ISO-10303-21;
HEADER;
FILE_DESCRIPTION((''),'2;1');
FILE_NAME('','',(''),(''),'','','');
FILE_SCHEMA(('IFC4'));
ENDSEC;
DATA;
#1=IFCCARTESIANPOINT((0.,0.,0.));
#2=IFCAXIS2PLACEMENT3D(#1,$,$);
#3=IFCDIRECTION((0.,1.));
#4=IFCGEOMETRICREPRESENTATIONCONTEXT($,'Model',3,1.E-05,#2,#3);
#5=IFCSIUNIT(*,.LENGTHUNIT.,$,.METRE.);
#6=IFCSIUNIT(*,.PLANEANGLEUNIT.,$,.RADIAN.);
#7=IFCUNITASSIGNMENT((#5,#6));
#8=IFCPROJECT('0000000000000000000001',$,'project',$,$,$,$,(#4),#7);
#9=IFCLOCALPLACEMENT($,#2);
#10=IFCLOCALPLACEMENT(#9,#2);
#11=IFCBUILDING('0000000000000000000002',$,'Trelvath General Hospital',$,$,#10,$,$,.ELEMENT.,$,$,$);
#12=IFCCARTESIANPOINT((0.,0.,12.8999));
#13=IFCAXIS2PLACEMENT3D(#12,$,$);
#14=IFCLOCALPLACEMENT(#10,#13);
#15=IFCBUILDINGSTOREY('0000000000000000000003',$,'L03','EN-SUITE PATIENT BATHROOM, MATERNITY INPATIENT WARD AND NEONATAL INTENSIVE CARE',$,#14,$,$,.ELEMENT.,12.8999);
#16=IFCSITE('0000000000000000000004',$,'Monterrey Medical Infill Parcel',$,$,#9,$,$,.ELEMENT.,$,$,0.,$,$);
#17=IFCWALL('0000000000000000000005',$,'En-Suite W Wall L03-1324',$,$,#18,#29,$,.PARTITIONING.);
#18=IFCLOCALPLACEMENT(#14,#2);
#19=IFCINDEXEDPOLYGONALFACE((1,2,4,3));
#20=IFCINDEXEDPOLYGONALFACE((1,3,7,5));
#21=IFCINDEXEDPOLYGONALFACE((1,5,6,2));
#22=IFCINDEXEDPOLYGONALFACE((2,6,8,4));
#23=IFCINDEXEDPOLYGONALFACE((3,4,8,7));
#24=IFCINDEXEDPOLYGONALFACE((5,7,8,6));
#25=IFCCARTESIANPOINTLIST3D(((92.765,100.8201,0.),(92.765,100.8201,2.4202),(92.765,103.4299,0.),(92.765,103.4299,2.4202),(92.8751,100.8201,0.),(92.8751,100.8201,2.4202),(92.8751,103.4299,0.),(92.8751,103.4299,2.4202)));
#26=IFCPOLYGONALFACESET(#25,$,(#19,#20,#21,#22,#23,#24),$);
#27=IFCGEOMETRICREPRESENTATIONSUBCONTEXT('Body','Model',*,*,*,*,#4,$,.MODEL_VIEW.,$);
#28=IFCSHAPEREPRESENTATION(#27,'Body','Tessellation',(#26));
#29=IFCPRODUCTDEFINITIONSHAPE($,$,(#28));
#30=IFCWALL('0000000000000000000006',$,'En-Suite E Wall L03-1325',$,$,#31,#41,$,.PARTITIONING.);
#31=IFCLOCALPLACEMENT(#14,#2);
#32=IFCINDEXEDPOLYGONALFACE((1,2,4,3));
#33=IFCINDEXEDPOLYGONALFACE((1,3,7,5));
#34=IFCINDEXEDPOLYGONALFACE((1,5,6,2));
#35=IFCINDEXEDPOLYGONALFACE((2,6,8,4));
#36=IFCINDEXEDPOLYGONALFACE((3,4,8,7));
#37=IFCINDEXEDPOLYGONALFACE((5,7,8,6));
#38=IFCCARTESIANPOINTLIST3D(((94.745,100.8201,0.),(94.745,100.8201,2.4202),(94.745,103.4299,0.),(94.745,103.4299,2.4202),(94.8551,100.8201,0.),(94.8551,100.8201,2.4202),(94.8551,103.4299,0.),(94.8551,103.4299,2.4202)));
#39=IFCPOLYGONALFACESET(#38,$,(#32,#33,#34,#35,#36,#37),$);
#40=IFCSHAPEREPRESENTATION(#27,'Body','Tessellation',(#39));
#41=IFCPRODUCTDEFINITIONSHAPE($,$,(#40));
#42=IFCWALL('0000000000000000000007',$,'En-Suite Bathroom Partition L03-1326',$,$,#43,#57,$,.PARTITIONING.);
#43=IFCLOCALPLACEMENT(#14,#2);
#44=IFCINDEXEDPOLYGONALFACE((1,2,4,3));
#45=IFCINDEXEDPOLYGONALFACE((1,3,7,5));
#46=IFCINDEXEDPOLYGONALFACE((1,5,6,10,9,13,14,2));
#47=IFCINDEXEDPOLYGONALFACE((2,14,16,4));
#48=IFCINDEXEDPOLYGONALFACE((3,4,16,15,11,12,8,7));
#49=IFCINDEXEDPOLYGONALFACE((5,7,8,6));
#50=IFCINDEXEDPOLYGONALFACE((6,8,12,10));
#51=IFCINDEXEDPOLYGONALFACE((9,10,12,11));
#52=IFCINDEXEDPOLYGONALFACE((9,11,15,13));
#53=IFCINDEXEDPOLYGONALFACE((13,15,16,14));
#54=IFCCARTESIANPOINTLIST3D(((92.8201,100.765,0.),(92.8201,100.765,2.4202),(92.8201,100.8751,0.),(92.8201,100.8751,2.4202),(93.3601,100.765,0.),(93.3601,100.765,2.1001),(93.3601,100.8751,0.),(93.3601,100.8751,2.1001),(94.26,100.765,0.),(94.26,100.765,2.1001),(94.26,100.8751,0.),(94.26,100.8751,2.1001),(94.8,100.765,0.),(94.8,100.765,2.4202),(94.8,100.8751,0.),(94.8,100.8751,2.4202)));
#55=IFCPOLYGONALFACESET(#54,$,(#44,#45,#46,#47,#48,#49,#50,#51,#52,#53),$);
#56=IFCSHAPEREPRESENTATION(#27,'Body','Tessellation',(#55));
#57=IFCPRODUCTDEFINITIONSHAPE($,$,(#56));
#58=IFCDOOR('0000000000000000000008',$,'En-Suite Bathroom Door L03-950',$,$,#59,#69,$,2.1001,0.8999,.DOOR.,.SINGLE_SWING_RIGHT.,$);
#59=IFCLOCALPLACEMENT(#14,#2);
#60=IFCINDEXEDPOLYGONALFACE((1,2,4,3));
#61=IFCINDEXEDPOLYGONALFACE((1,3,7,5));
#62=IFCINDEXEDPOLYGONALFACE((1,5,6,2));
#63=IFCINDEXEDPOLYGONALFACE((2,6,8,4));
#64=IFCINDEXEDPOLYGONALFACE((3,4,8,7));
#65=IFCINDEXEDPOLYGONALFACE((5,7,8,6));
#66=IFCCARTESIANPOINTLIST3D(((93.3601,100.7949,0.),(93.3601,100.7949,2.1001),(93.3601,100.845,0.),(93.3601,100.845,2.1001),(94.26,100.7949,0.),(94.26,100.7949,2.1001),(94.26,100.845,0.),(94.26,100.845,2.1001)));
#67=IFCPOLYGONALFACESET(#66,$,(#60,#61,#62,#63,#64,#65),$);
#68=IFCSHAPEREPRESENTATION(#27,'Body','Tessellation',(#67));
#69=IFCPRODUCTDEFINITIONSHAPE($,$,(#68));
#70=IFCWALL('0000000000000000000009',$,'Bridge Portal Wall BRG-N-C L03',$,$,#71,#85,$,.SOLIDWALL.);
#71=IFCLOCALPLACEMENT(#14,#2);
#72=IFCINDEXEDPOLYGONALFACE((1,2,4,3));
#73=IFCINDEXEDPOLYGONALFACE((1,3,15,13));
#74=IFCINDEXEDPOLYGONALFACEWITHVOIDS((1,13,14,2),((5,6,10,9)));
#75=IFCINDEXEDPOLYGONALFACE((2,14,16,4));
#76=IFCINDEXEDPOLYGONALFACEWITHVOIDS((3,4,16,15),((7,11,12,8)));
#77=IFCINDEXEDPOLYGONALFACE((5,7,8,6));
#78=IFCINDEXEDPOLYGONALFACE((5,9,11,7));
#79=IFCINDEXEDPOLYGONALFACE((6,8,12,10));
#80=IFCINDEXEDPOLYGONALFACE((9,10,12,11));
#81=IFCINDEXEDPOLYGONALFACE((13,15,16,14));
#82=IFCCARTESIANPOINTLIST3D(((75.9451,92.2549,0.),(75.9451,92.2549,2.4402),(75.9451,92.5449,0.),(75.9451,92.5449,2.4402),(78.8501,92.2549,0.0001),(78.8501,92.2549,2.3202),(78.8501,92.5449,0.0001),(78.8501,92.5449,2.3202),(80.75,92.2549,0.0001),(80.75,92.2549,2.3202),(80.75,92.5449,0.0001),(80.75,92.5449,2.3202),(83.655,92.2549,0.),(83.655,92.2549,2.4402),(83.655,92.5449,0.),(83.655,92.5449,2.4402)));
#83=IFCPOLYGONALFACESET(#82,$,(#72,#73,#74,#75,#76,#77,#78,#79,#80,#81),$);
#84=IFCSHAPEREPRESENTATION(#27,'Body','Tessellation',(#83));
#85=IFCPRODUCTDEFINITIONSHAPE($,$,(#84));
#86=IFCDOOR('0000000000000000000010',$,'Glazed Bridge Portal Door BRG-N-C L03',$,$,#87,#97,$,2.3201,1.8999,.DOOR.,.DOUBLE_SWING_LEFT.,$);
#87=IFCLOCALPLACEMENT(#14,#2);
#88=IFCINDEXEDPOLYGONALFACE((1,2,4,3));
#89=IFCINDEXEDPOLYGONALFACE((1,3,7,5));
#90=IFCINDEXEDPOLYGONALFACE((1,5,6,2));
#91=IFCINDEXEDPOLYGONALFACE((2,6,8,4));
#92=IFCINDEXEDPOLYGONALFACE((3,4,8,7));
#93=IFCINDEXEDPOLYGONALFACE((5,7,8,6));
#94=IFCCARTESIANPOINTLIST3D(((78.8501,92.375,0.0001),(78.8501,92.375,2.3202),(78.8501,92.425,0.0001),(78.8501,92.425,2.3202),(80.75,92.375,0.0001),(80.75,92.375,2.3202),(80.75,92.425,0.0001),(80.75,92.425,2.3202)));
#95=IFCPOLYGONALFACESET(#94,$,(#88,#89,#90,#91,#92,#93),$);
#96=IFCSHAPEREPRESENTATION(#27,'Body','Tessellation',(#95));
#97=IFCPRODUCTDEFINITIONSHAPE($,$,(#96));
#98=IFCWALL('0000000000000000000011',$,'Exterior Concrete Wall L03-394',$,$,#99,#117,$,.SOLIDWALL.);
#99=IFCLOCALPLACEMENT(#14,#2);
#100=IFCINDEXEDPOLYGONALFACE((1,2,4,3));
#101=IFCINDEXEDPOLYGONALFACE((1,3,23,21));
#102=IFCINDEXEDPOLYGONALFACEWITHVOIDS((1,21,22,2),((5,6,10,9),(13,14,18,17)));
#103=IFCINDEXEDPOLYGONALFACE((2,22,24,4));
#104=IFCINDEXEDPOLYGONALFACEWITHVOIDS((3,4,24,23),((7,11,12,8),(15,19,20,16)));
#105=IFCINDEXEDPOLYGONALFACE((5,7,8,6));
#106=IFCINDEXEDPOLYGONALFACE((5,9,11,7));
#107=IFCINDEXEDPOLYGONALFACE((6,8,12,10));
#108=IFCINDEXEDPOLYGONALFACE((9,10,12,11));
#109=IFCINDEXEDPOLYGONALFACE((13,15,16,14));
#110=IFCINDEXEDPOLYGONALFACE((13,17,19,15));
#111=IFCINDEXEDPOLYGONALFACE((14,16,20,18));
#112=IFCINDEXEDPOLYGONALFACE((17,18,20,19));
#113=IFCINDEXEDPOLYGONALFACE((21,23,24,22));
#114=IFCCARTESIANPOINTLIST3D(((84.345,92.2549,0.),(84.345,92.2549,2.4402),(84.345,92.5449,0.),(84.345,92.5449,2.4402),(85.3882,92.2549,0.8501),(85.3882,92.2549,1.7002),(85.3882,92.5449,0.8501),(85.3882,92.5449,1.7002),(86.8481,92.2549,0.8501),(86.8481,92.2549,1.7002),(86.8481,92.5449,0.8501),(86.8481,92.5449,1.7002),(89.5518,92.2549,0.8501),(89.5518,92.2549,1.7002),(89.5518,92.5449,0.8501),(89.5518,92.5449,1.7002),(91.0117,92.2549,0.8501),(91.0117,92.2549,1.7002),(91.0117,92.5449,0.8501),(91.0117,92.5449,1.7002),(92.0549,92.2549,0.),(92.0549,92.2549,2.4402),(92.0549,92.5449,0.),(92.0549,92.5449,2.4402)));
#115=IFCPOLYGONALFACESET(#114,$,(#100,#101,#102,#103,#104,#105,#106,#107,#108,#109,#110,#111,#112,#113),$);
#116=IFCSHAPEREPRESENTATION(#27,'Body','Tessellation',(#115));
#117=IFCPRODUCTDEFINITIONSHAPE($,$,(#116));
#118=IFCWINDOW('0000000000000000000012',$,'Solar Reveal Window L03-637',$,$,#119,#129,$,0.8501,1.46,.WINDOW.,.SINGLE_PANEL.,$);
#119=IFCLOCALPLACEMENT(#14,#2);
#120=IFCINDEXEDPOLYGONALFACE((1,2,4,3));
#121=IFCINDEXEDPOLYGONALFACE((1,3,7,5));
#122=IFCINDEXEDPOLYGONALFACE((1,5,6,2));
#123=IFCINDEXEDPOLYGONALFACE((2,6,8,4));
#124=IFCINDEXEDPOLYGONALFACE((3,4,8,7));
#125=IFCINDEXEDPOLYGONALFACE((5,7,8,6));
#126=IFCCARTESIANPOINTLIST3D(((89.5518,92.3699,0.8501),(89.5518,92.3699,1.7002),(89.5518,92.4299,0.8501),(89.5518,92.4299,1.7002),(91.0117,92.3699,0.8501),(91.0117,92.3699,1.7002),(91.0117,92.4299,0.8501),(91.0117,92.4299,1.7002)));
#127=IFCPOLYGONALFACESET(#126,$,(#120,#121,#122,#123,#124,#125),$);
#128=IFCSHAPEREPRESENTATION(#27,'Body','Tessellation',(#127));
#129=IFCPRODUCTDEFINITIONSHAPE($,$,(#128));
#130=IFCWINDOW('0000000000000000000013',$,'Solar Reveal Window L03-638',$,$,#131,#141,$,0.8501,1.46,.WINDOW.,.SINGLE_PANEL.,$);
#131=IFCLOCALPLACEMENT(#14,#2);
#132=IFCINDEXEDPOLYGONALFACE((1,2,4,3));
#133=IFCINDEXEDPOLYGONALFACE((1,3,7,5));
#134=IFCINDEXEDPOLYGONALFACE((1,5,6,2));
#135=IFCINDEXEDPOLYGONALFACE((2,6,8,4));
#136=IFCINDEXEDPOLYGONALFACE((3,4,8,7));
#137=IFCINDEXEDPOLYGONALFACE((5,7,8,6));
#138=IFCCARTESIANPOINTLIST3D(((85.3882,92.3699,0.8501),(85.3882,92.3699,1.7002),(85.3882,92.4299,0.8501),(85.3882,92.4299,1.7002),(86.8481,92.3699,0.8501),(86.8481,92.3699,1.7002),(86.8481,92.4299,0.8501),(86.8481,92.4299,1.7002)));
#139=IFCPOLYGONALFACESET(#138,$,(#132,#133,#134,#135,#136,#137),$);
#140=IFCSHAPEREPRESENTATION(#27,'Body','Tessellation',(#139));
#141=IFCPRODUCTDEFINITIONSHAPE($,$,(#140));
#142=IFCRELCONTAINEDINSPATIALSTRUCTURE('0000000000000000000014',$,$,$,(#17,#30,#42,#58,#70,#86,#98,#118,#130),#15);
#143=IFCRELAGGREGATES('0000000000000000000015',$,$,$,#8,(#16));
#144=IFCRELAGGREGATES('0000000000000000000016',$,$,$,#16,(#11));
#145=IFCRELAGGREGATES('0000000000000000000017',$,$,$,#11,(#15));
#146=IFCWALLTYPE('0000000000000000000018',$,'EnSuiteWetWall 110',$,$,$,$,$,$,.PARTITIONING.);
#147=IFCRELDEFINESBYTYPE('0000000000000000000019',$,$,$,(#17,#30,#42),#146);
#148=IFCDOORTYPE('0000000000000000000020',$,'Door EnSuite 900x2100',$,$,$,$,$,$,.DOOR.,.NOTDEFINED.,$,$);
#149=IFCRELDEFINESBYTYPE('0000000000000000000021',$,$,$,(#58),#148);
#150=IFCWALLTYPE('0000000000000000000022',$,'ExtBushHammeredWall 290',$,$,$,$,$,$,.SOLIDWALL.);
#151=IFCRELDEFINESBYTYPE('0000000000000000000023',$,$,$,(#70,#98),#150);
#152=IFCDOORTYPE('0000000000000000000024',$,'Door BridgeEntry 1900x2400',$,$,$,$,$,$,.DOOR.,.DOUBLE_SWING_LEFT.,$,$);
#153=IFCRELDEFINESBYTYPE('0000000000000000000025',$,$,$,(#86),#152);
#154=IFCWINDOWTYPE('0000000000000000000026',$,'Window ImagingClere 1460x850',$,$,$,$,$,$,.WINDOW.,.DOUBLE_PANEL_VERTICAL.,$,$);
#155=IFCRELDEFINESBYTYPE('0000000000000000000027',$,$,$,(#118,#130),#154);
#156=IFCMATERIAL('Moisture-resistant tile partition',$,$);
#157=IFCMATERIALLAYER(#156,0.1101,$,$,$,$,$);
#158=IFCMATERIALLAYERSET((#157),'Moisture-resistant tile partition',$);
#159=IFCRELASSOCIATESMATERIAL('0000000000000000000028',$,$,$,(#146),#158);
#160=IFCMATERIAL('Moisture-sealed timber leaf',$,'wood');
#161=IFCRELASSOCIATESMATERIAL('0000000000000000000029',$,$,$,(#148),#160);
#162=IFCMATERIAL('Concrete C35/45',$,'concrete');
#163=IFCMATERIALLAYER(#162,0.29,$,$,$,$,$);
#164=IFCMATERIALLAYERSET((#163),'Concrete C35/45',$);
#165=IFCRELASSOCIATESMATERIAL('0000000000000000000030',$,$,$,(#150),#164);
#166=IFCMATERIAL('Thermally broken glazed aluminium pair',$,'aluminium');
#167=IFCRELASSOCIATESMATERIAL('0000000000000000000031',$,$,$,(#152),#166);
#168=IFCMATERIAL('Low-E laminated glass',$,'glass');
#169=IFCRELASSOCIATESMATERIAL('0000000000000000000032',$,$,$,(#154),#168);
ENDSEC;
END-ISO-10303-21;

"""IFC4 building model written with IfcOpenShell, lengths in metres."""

from ifc_helpers import new_model, si_unit, direction, frame, frame_2d, origin, place, context, subcontext, project, spatial, rectangle, extrude, material, layer, layer_set, type_object, element, fill, save


model = new_model("IFC4")

# Units and contexts
model_context = context("Model", 3, precision=1e-05, world=origin(), true_north=direction((0.0, 1.0)))
body_context = subcontext(model_context, "Body", "Model", "MODEL_VIEW")
ifc_project = project(units=[si_unit("LENGTHUNIT", "METRE"), si_unit("PLANEANGLEUNIT", "RADIAN")], contexts=[model_context])

# Site, building, storey
site_placement = place(None, origin())
site = spatial("IfcSite", under=ifc_project, at=site_placement, Name="Monterrey Medical Infill Parcel", CompositionType="ELEMENT", RefElevation=0.0)
building_placement = place(site_placement, origin())
building = spatial("IfcBuilding", under=site, at=building_placement, Name="Trelvath General Hospital", CompositionType="ELEMENT")
storey_placement = place(building_placement, frame((0.0, 0.0, 12.8999)))
storey = spatial("IfcBuildingStorey", under=building, at=storey_placement, Name="L03", Description="EN-SUITE PATIENT BATHROOM, MATERNITY INPATIENT WARD AND NEONATAL INTENSIVE CARE", CompositionType="ELEMENT", Elevation=12.8999)

# Walls
ifc_material_1 = material(Name="Moisture-resistant tile partition")
ifc_layer_1 = layer(ifc_material_1, 0.1101)
ifc_layer_set_1 = layer_set([ifc_layer_1], Name="Moisture-resistant tile partition")
wall_type_1 = type_object("IfcWallType", Name="EnSuiteWetWall 110", PredefinedType="PARTITIONING", material=ifc_layer_set_1)
for number, where, z_axis, x_axis, name in (
    (1, (92.8201, 100.8201, 0.0), (0.0, 0.0, 1.0), (0.0, 1.0, 0.0), "En-Suite W Wall L03-1324"),
    (2, (94.8, 100.8201, 0.0), (0.0, 0.0, 1.0), (0.0, 1.0, 0.0), "En-Suite E Wall L03-1325"),
):
    element("IfcWall", number, at=place(storey_placement, frame(where, z_axis=z_axis, x_axis=x_axis)), inside=storey, type_object=wall_type_1, Name=name, PredefinedType="PARTITIONING", context=body_context, shape_type="SweptSolid", body=[
        extrude(rectangle(XDim=2.6099, YDim=0.1101, at=frame_2d((1.3049, 0.0))), origin(), (0.0, 0.0, 1.0), 2.4202),
    ])

# Walls, openings, doors
wall_1_placement = place(storey_placement, frame((92.8201, 100.8201, 0.0), z_axis=(0.0, 0.0, 1.0), x_axis=(1.0, 0.0, 0.0)))
wall_1 = element("IfcWall", 3, at=wall_1_placement, inside=storey, type_object=wall_type_1, Name="En-Suite Bathroom Partition L03-1326", PredefinedType="PARTITIONING", context=body_context, shape_type="SweptSolid", body=[
    extrude(rectangle(XDim=1.98, YDim=0.1101, at=frame_2d((0.99, 0.0))), origin(), (0.0, 0.0, 1.0), 2.4202),
])
opening_1_placement = place(wall_1_placement, frame((0.54, 0.0, 0.0)))
opening_1 = element("IfcOpeningElement", 4, at=opening_1_placement, cuts=wall_1, PredefinedType="OPENING", context=body_context, shape_type="SweptSolid", body=[
    extrude(rectangle(XDim=0.8999, YDim=2.1001, at=frame_2d((0.45, 1.05))), frame((0.0, 0.0649, 0.0), z_axis=(0.0, -1.0, 0.0), x_axis=(1.0, 0.0, 0.0)), (0.0, 0.0, 1.0), 0.1301),
])
ifc_material_2 = material(Name="Moisture-sealed timber leaf", Category="wood")
door_type_1 = type_object("IfcDoorType", Name="Door EnSuite 900x2100", OperationType="NOTDEFINED", PredefinedType="DOOR", material=ifc_material_2)
door_1_placement = place(opening_1_placement, origin())
door_1 = element("IfcDoor", 5, at=door_1_placement, inside=storey, type_object=door_type_1, Name="En-Suite Bathroom Door L03-950", OperationType="SINGLE_SWING_RIGHT", OverallHeight=2.1001, OverallWidth=0.8999, PredefinedType="DOOR", context=body_context, shape_type="SweptSolid", body=[
    extrude(rectangle(XDim=0.8999, YDim=2.1001, at=frame_2d((0.45, 1.05))), frame((0.0, 0.0249, 0.0), z_axis=(0.0, -1.0, 0.0), x_axis=(1.0, 0.0, 0.0)), (0.0, 0.0, 1.0), 0.05),
])
fill(opening_1, door_1)
ifc_material_3 = material(Name="Concrete C35/45", Category="concrete")
ifc_layer_2 = layer(ifc_material_3, 0.29)
ifc_layer_set_2 = layer_set([ifc_layer_2], Name="Concrete C35/45")
wall_type_2 = type_object("IfcWallType", Name="ExtBushHammeredWall 290", PredefinedType="SOLIDWALL", material=ifc_layer_set_2)
wall_2_placement = place(storey_placement, frame((83.655, 92.3999, 0.0), z_axis=(0.0, 0.0, 1.0), x_axis=(-1.0, 0.0, 0.0)))
wall_2 = element("IfcWall", 6, at=wall_2_placement, inside=storey, type_object=wall_type_2, Name="Bridge Portal Wall BRG-N-C L03", PredefinedType="SOLIDWALL", context=body_context, shape_type="SweptSolid", body=[
    extrude(rectangle(XDim=7.71, YDim=0.29, at=frame_2d((3.855, 0.0))), origin(), (0.0, 0.0, 1.0), 2.4402),
])
opening_2_placement = place(wall_2_placement, frame((2.905, 0.0, 0.0)))
opening_2 = element("IfcOpeningElement", 7, at=opening_2_placement, cuts=wall_2, PredefinedType="OPENING", context=body_context, shape_type="SweptSolid", body=[
    extrude(rectangle(XDim=1.8999, YDim=2.3201, at=frame_2d((0.95, 1.1602))), frame((0.0, 0.155, 0.0), z_axis=(0.0, -1.0, 0.0), x_axis=(1.0, 0.0, 0.0)), (0.0, 0.0, 1.0), 0.3101),
])
ifc_material_4 = material(Name="Thermally broken glazed aluminium pair", Category="aluminium")
door_type_2 = type_object("IfcDoorType", Name="Door BridgeEntry 1900x2400", OperationType="DOUBLE_SWING_LEFT", PredefinedType="DOOR", material=ifc_material_4)
door_2_placement = place(opening_2_placement, origin())
door_2 = element("IfcDoor", 8, at=door_2_placement, inside=storey, type_object=door_type_2, Name="Glazed Bridge Portal Door BRG-N-C L03", OperationType="DOUBLE_SWING_LEFT", OverallHeight=2.3201, OverallWidth=1.8999, PredefinedType="DOOR", context=body_context, shape_type="SweptSolid", body=[
    extrude(rectangle(XDim=1.8999, YDim=2.3201, at=frame_2d((0.95, 1.1602))), frame((0.0, 0.0249, 0.0), z_axis=(0.0, -1.0, 0.0), x_axis=(1.0, 0.0, 0.0)), (0.0, 0.0, 1.0), 0.05),
])
fill(opening_2, door_2)

# Wall, openings, windows
wall_3_placement = place(storey_placement, frame((92.0549, 92.3999, 0.0), z_axis=(0.0, 0.0, 1.0), x_axis=(-1.0, 0.0, 0.0)))
wall_3 = element("IfcWall", 9, at=wall_3_placement, inside=storey, type_object=wall_type_2, Name="Exterior Concrete Wall L03-394", PredefinedType="SOLIDWALL", context=body_context, shape_type="SweptSolid", body=[
    extrude(rectangle(XDim=7.71, YDim=0.29, at=frame_2d((3.855, 0.0))), origin(), (0.0, 0.0, 1.0), 2.4402),
])
opening_3_placement = place(wall_3_placement, frame((1.0432, 0.0, 0.8501)))
opening_3 = element("IfcOpeningElement", 10, at=opening_3_placement, cuts=wall_3, PredefinedType="OPENING", context=body_context, shape_type="SweptSolid", body=[
    extrude(rectangle(XDim=1.46, YDim=0.8501, at=frame_2d((0.73, 0.425))), frame((0.0, 0.155, 0.0), z_axis=(0.0, -1.0, 0.0), x_axis=(1.0, 0.0, 0.0)), (0.0, 0.0, 1.0), 0.3101),
])
opening_4_placement = place(wall_3_placement, frame((5.2068, 0.0, 0.8501)))
opening_4 = element("IfcOpeningElement", 11, at=opening_4_placement, cuts=wall_3, PredefinedType="OPENING", context=body_context, shape_type="SweptSolid", body=[
    extrude(rectangle(XDim=1.46, YDim=0.8501, at=frame_2d((0.73, 0.425))), frame((0.0, 0.155, 0.0), z_axis=(0.0, -1.0, 0.0), x_axis=(1.0, 0.0, 0.0)), (0.0, 0.0, 1.0), 0.3101),
])
ifc_material_5 = material(Name="Low-E laminated glass", Category="glass")
window_type = type_object("IfcWindowType", Name="Window ImagingClere 1460x850", PartitioningType="DOUBLE_PANEL_VERTICAL", PredefinedType="WINDOW", material=ifc_material_5)
window_1_placement = place(opening_3_placement, origin())
window_1 = element("IfcWindow", 12, at=window_1_placement, inside=storey, type_object=window_type, Name="Solar Reveal Window L03-637", OverallHeight=0.8501, OverallWidth=1.46, PartitioningType="SINGLE_PANEL", PredefinedType="WINDOW", context=body_context, shape_type="SweptSolid", body=[
    extrude(rectangle(XDim=1.46, YDim=0.8501, at=frame_2d((0.73, 0.425))), frame((0.0, 0.03, 0.0), z_axis=(0.0, -1.0, 0.0), x_axis=(1.0, 0.0, 0.0)), (0.0, 0.0, 1.0), 0.0601),
])
fill(opening_3, window_1)
window_2_placement = place(opening_4_placement, origin())
window_2 = element("IfcWindow", 13, at=window_2_placement, inside=storey, type_object=window_type, Name="Solar Reveal Window L03-638", OverallHeight=0.8501, OverallWidth=1.46, PartitioningType="SINGLE_PANEL", PredefinedType="WINDOW", context=body_context, shape_type="SweptSolid", body=[
    extrude(rectangle(XDim=1.46, YDim=0.8501, at=frame_2d((0.73, 0.425))), frame((0.0, 0.03, 0.0), z_axis=(0.0, -1.0, 0.0), x_axis=(1.0, 0.0, 0.0)), (0.0, 0.0, 1.0), 0.0601),
])
fill(opening_4, window_2)

save(model, "model.ifc")
